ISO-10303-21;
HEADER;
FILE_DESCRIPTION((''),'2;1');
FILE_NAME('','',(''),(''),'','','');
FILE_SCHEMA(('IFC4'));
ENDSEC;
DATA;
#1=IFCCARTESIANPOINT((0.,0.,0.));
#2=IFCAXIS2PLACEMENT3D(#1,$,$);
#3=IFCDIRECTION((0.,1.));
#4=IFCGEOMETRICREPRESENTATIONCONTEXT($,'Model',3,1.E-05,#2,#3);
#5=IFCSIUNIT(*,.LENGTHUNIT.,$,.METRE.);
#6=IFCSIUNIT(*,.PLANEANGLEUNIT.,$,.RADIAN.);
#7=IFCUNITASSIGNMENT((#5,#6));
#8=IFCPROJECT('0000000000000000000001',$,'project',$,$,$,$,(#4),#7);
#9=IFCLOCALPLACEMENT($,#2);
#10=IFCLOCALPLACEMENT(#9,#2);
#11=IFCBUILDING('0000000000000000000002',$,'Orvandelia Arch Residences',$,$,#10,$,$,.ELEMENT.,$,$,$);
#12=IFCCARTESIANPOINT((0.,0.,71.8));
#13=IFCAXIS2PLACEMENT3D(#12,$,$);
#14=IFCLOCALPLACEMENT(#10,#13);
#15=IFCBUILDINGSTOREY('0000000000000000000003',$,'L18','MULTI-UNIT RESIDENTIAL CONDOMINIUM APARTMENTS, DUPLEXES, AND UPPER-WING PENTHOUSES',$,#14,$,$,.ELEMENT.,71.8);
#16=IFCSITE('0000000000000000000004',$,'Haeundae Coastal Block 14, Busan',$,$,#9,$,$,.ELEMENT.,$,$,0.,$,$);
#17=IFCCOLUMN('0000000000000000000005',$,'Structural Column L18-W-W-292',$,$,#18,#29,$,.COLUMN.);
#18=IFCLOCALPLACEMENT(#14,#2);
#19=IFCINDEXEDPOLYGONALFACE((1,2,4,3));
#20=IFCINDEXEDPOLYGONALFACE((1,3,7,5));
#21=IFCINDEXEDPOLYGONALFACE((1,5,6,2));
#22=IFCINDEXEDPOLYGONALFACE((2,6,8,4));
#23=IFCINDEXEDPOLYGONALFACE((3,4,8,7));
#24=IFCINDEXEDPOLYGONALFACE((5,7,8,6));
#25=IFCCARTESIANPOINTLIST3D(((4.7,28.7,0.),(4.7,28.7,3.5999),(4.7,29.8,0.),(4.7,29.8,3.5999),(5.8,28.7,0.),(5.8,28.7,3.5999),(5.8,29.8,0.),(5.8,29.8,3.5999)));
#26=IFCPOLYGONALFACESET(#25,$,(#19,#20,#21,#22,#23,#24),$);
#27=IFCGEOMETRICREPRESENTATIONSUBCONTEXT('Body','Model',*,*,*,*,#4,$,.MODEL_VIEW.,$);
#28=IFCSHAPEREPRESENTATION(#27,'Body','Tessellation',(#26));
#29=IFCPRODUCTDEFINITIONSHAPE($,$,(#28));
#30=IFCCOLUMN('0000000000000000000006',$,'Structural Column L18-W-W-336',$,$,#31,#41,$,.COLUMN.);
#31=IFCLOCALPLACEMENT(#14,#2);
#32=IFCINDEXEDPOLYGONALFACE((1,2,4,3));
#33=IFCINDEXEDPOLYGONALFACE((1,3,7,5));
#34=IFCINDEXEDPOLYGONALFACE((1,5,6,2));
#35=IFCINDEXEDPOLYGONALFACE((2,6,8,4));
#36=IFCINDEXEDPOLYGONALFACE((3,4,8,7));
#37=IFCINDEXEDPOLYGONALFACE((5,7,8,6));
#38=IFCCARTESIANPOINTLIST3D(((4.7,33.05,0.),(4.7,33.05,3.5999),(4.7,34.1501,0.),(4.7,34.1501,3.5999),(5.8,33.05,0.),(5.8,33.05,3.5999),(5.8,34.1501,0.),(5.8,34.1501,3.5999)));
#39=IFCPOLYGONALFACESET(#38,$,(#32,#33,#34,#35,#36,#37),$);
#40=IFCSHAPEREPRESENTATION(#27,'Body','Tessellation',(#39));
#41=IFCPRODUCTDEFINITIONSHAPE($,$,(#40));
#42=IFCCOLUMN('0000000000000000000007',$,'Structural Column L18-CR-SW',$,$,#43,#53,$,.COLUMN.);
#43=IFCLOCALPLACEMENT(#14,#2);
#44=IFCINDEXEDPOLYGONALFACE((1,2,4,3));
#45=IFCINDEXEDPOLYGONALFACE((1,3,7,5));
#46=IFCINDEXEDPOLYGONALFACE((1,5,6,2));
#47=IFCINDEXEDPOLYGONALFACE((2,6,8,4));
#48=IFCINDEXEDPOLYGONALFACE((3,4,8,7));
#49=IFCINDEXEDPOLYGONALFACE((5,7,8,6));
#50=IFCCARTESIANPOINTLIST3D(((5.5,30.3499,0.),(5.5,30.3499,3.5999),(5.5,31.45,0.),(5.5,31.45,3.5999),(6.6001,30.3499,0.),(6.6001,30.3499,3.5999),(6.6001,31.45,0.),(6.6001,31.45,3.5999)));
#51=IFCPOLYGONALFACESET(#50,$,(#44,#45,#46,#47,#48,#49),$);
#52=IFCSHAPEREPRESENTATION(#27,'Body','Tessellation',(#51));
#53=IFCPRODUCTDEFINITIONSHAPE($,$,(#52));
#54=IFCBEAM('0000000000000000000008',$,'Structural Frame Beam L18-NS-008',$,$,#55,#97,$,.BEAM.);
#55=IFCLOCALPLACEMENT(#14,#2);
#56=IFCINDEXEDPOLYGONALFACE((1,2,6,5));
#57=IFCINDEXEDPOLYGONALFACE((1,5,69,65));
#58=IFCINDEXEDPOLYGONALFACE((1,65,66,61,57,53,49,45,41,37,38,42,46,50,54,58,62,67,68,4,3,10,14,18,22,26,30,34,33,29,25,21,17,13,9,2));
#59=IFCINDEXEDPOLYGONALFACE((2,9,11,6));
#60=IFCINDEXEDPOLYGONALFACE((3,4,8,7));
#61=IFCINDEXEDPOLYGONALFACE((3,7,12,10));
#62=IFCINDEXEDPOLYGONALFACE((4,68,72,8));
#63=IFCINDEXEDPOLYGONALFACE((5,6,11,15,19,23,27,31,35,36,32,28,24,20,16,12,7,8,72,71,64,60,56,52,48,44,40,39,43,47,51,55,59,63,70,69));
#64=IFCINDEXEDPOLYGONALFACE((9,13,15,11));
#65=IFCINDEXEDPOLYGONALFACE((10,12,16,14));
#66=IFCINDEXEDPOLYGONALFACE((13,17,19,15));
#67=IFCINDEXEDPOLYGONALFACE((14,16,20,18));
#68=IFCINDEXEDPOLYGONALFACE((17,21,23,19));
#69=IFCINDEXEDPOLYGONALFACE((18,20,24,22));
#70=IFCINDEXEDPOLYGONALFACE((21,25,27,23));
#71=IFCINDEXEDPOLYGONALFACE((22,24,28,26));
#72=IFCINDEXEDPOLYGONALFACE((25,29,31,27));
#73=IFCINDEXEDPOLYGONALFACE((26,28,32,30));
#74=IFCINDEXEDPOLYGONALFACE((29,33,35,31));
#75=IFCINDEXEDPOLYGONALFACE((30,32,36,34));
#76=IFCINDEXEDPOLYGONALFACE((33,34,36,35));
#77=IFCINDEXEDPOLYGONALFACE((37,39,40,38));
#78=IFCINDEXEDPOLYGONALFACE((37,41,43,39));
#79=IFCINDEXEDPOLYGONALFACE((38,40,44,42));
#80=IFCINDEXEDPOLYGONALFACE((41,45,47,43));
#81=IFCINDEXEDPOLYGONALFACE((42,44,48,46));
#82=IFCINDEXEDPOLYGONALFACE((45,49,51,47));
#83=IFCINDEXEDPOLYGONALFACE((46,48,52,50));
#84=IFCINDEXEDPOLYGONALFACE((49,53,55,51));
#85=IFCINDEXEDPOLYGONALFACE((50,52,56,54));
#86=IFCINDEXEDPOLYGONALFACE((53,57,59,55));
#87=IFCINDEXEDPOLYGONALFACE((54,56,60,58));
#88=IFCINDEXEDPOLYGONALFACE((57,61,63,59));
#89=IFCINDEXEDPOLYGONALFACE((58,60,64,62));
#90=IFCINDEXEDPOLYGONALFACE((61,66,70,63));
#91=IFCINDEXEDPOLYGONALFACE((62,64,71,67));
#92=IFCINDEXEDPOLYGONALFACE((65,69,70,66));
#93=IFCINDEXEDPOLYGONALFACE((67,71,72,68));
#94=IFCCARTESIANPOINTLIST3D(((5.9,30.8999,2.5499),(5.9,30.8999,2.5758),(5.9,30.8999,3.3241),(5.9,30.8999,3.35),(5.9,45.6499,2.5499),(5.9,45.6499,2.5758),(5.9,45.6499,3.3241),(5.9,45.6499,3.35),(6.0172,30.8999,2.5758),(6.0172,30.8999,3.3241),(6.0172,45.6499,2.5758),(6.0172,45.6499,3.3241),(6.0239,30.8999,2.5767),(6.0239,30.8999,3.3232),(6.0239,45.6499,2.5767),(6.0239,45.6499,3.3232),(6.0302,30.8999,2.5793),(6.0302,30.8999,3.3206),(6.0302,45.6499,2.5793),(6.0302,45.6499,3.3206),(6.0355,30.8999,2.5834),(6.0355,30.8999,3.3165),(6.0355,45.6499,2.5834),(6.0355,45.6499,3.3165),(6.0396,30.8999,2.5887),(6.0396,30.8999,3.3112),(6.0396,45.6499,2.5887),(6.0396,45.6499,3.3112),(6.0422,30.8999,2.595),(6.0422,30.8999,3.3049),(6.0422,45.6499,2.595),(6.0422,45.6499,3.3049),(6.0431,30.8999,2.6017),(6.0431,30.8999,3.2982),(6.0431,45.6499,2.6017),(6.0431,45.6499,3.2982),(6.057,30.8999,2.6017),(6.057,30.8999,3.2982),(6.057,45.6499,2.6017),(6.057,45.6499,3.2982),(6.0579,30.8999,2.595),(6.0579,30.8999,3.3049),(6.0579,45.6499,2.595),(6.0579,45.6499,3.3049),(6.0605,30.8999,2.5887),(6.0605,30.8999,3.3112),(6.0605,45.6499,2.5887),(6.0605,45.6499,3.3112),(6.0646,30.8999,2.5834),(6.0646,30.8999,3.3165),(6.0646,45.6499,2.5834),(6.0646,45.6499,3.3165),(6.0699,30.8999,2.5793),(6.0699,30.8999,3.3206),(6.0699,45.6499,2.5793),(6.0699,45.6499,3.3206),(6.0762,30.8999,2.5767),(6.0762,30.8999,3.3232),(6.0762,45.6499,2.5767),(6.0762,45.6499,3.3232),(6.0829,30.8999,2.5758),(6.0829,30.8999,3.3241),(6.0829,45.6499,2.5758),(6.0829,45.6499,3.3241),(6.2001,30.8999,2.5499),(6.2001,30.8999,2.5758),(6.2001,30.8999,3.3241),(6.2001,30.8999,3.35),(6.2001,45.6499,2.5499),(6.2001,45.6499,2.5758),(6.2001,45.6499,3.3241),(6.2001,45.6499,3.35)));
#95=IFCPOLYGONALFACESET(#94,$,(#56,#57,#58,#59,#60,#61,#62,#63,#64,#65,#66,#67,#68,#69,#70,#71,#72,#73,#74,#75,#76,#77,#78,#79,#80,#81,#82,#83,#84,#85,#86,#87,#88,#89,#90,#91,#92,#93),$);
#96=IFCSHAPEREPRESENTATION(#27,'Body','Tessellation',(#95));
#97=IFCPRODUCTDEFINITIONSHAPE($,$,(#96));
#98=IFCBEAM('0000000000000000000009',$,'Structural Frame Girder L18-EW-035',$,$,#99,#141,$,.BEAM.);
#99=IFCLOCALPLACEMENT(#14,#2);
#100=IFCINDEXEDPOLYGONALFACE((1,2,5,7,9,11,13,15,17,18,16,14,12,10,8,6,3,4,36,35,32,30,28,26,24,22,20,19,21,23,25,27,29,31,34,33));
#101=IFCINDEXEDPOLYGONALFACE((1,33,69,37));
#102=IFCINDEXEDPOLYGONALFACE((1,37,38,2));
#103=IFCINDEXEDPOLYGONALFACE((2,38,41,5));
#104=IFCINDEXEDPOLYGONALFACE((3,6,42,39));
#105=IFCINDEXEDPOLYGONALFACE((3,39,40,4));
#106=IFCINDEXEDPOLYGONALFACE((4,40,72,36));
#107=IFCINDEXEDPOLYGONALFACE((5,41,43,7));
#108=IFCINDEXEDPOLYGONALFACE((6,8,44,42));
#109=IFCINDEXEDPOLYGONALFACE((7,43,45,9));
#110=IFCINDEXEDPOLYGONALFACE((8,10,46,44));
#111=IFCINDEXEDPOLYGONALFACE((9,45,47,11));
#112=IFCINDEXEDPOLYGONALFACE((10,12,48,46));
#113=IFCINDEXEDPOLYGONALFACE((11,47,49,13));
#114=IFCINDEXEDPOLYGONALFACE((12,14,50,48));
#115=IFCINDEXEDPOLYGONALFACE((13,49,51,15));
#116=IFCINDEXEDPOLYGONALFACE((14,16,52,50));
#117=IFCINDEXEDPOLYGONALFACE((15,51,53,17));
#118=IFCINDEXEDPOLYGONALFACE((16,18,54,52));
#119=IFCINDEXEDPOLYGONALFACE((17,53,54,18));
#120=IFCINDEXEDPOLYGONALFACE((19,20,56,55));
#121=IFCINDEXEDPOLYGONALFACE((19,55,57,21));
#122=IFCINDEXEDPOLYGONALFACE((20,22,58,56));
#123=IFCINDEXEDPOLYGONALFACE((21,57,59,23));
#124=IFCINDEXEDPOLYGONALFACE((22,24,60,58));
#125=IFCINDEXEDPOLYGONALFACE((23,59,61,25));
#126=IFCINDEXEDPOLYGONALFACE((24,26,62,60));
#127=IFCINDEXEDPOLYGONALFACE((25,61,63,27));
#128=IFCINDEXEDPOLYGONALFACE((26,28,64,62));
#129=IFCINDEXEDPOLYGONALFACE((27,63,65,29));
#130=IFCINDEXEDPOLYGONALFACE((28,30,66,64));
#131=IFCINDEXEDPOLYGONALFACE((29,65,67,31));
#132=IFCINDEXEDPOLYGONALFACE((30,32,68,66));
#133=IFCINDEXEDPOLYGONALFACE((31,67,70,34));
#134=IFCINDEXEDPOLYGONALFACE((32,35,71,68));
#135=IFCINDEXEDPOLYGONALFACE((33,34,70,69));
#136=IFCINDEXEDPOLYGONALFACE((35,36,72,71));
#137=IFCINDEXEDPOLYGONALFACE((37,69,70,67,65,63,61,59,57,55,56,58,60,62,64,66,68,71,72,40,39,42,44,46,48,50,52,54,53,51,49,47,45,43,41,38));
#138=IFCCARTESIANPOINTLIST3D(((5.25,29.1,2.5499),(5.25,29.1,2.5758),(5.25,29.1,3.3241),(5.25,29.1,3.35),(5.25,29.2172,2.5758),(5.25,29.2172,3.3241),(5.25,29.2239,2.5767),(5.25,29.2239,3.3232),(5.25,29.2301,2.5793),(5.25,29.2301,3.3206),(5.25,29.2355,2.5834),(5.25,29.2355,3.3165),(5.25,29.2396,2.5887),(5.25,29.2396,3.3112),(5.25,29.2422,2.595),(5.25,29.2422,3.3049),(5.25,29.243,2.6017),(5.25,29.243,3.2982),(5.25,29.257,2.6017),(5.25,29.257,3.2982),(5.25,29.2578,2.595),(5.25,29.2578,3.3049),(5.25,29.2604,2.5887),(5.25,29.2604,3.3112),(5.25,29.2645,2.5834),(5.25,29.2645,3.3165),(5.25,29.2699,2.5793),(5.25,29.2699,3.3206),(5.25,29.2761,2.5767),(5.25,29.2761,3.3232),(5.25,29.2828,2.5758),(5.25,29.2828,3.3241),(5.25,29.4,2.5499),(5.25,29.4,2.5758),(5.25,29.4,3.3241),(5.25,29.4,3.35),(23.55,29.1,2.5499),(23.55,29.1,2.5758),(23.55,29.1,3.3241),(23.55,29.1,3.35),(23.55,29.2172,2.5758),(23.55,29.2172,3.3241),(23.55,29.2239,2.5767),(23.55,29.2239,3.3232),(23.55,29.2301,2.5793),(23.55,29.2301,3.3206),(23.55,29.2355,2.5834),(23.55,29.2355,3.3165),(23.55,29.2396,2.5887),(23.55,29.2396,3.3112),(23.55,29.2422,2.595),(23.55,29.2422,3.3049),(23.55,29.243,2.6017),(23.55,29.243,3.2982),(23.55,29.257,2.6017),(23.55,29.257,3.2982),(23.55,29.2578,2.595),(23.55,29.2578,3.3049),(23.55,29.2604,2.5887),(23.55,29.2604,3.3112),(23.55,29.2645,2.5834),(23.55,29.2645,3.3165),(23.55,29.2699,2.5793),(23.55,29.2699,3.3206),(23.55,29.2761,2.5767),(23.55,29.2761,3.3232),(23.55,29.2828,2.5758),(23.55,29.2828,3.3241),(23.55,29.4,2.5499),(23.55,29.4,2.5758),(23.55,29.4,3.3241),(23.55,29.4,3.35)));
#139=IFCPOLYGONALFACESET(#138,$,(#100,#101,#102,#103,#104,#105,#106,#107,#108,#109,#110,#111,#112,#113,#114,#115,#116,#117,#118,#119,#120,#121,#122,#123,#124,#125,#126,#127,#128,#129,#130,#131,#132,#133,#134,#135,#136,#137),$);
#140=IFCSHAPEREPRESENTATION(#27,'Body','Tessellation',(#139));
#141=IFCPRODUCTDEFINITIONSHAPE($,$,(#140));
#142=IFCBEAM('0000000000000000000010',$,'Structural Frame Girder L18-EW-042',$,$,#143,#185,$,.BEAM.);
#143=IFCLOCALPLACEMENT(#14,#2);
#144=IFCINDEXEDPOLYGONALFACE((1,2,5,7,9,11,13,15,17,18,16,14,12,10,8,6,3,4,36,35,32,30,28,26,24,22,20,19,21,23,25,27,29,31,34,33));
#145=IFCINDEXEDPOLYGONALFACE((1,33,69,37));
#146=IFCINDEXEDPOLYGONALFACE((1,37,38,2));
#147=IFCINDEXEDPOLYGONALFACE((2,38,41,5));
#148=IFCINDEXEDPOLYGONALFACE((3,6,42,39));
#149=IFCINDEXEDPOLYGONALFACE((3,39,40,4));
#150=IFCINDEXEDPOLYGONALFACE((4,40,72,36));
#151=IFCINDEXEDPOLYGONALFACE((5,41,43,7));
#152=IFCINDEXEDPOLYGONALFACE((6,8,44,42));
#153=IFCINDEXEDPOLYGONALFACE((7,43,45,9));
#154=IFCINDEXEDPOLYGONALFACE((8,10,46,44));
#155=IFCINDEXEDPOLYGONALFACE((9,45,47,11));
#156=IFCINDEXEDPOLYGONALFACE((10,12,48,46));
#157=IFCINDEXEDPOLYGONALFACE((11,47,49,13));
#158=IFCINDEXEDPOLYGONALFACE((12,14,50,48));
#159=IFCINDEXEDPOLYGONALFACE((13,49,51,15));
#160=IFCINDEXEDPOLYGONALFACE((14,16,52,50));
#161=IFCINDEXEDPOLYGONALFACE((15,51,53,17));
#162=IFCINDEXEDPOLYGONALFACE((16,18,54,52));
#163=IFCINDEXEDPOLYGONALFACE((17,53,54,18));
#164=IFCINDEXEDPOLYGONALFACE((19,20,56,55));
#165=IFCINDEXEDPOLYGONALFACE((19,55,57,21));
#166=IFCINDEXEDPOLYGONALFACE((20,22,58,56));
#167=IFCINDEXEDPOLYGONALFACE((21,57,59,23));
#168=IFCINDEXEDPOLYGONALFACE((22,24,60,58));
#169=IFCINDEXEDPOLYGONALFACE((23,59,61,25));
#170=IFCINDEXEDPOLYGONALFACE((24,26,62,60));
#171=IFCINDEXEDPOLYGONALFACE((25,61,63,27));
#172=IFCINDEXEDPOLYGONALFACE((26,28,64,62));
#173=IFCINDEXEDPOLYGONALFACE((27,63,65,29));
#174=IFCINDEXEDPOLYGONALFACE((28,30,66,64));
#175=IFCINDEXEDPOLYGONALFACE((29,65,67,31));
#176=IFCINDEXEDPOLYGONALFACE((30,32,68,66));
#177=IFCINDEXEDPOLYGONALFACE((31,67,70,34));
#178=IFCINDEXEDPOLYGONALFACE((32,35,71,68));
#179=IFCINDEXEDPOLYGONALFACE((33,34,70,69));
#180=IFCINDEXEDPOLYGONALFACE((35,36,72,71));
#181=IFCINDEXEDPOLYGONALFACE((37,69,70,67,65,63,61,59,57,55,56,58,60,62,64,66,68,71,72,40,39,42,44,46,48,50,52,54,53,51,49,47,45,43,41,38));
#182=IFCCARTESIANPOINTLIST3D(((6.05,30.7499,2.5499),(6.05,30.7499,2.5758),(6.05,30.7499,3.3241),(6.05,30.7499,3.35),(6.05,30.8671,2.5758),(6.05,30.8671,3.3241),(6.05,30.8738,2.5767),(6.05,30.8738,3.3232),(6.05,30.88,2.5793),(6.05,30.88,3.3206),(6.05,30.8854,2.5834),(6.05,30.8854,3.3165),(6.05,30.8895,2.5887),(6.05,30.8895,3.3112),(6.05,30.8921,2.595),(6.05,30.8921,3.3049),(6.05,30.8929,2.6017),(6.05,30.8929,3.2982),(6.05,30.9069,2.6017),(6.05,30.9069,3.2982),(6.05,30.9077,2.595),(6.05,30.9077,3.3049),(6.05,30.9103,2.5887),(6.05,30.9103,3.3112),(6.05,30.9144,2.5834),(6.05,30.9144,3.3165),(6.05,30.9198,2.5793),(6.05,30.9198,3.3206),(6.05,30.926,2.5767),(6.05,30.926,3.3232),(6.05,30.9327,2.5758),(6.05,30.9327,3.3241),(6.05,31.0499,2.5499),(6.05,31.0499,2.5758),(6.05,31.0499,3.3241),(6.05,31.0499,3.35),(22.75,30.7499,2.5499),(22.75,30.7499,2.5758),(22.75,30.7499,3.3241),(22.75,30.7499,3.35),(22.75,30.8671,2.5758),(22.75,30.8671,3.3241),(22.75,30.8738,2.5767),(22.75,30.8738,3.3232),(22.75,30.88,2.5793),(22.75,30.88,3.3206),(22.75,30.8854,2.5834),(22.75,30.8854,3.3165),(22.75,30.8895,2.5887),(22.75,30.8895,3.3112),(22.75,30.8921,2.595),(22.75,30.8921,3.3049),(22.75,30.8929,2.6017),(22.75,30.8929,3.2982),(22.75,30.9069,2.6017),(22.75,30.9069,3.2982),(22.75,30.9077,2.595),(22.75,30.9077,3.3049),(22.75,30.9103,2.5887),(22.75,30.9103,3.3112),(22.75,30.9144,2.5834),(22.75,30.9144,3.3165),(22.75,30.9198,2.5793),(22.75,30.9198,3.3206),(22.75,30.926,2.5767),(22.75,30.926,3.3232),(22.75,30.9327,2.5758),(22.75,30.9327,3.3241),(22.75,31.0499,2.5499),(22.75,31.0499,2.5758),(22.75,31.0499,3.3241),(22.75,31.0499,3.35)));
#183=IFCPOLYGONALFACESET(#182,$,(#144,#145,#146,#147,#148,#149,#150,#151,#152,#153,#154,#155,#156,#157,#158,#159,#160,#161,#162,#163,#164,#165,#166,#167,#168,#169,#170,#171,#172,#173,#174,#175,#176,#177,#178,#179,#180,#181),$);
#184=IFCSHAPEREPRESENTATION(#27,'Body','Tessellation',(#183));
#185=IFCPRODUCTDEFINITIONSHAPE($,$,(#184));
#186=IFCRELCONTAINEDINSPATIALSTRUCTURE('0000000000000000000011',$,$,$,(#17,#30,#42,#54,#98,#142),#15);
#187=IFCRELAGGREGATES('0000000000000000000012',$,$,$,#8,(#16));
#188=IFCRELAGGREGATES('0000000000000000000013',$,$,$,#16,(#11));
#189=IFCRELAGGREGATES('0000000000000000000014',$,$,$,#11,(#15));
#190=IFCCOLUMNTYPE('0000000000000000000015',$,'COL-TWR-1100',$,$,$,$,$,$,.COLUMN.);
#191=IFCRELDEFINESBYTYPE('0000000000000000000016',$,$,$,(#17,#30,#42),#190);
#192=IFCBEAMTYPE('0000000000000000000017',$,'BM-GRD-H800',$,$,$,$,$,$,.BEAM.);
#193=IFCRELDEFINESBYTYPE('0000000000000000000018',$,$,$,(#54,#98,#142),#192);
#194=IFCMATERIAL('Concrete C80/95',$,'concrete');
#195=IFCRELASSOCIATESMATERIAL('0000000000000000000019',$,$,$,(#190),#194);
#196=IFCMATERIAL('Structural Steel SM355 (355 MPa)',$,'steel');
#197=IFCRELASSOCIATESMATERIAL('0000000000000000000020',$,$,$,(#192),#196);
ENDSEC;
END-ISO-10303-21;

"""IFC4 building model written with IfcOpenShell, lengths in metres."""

from ifc_helpers import new_model, si_unit, direction, frame, origin, origin_2d, place, context, subcontext, project, spatial, rectangle, i_section, extrude, material, material_profile, profile_set, type_object, element, save


model = new_model("IFC4")

# Units and contexts
model_context = context("Model", 3, precision=1e-05, world=origin(), true_north=direction((0.0, 1.0)))
body_context = subcontext(model_context, "Body", "Model", "MODEL_VIEW")
ifc_project = project(units=[si_unit("LENGTHUNIT", "METRE"), si_unit("PLANEANGLEUNIT", "RADIAN")], contexts=[model_context])

# Site, building, storey
site_placement = place(None, origin())
site = spatial("IfcSite", under=ifc_project, at=site_placement, Name="Haeundae Coastal Block 14, Busan", CompositionType="ELEMENT", RefElevation=0.0)
building_placement = place(site_placement, origin())
building = spatial("IfcBuilding", under=site, at=building_placement, Name="Orvandelia Arch Residences", CompositionType="ELEMENT")
storey_placement = place(building_placement, frame((0.0, 0.0, 71.8)))
storey = spatial("IfcBuildingStorey", under=building, at=storey_placement, Name="L18", Description="MULTI-UNIT RESIDENTIAL CONDOMINIUM APARTMENTS, DUPLEXES, AND UPPER-WING PENTHOUSES", CompositionType="ELEMENT", Elevation=71.8)

# Columns
ifc_material_1 = material(Name="Concrete C80/95", Category="concrete")
ifc_material_profile_1 = material_profile(ifc_material_1, rectangle(XDim=1.1001, YDim=1.1001, at=origin_2d()), Name="Concrete C80/95", Category="concrete")
ifc_profile_set_1 = profile_set([ifc_material_profile_1], Name="Concrete C80/95")
column_type = type_object("IfcColumnType", Name="COL-TWR-1100", PredefinedType="COLUMN", material=ifc_profile_set_1)
for number, where, z_axis, x_axis, name in (
    (1, (5.25, 29.25, 0.0), (0.0, 0.0, 1.0), (1.0, 0.0, 0.0), "Structural Column L18-W-W-292"),
    (2, (5.25, 33.6001, 0.0), (0.0, 0.0, 1.0), (1.0, 0.0, 0.0), "Structural Column L18-W-W-336"),
    (3, (6.05, 30.8999, 0.0), (0.0, 0.0, 1.0), (1.0, 0.0, 0.0), "Structural Column L18-CR-SW"),
):
    element("IfcColumn", number, at=place(storey_placement, frame(where, z_axis=z_axis, x_axis=x_axis)), inside=storey, type_object=column_type, Name=name, PredefinedType="COLUMN", context=body_context, shape_type="SweptSolid", body=[
        extrude(rectangle(XDim=1.1001, YDim=1.1001, at=origin_2d()), origin(), (0.0, 0.0, 1.0), 3.5999),
    ])

# Beams
ifc_material_2 = material(Name="Structural Steel SM355 (355 MPa)", Category="steel")
ifc_material_profile_2 = material_profile(ifc_material_2, i_section(OverallWidth=0.3, OverallDepth=0.8, WebThickness=0.0139, FlangeThickness=0.0259, FilletRadius=0.0259, at=origin_2d()), Name="Structural Steel SM355 (355 MPa)", Category="steel")
ifc_profile_set_2 = profile_set([ifc_material_profile_2], Name="Structural Steel SM355 (355 MPa)")
beam_type_1 = type_object("IfcBeamType", Name="BM-GRD-H800", PredefinedType="BEAM", material=ifc_profile_set_2)
beam_1_placement = place(storey_placement, frame((6.05, 30.8999, 2.95), z_axis=(0.0, 1.0, 0.0), x_axis=(-1.0, 0.0, 0.0)))
element("IfcBeam", 4, at=beam_1_placement, inside=storey, type_object=beam_type_1, Name="Structural Frame Beam L18-NS-008", PredefinedType="BEAM", context=body_context, shape_type="SweptSolid", body=[
    extrude(i_section(OverallWidth=0.3, OverallDepth=0.8, WebThickness=0.0139, FlangeThickness=0.0259, FilletRadius=0.0259, at=origin_2d()), origin(), (0.0, 0.0, 1.0), 14.75),
])
beam_2_placement = place(storey_placement, frame((5.25, 29.25, 2.95), z_axis=(1.0, 0.0, 0.0), x_axis=(0.0, 1.0, 0.0)))
element("IfcBeam", 5, at=beam_2_placement, inside=storey, type_object=beam_type_1, Name="Structural Frame Girder L18-EW-035", PredefinedType="BEAM", context=body_context, shape_type="SweptSolid", body=[
    extrude(i_section(OverallWidth=0.3, OverallDepth=0.8, WebThickness=0.0139, FlangeThickness=0.0259, FilletRadius=0.0259, at=origin_2d()), origin(), (0.0, 0.0, 1.0), 18.3),
])
beam_3_placement = place(storey_placement, frame((6.05, 30.8999, 2.95), z_axis=(1.0, 0.0, 0.0), x_axis=(0.0, 1.0, 0.0)))
element("IfcBeam", 6, at=beam_3_placement, inside=storey, type_object=beam_type_1, Name="Structural Frame Girder L18-EW-042", PredefinedType="BEAM", context=body_context, shape_type="SweptSolid", body=[
    extrude(i_section(OverallWidth=0.3, OverallDepth=0.8, WebThickness=0.0139, FlangeThickness=0.0259, FilletRadius=0.0259, at=origin_2d()), origin(), (0.0, 0.0, 1.0), 16.7),
])

save(model, "model.ifc")
